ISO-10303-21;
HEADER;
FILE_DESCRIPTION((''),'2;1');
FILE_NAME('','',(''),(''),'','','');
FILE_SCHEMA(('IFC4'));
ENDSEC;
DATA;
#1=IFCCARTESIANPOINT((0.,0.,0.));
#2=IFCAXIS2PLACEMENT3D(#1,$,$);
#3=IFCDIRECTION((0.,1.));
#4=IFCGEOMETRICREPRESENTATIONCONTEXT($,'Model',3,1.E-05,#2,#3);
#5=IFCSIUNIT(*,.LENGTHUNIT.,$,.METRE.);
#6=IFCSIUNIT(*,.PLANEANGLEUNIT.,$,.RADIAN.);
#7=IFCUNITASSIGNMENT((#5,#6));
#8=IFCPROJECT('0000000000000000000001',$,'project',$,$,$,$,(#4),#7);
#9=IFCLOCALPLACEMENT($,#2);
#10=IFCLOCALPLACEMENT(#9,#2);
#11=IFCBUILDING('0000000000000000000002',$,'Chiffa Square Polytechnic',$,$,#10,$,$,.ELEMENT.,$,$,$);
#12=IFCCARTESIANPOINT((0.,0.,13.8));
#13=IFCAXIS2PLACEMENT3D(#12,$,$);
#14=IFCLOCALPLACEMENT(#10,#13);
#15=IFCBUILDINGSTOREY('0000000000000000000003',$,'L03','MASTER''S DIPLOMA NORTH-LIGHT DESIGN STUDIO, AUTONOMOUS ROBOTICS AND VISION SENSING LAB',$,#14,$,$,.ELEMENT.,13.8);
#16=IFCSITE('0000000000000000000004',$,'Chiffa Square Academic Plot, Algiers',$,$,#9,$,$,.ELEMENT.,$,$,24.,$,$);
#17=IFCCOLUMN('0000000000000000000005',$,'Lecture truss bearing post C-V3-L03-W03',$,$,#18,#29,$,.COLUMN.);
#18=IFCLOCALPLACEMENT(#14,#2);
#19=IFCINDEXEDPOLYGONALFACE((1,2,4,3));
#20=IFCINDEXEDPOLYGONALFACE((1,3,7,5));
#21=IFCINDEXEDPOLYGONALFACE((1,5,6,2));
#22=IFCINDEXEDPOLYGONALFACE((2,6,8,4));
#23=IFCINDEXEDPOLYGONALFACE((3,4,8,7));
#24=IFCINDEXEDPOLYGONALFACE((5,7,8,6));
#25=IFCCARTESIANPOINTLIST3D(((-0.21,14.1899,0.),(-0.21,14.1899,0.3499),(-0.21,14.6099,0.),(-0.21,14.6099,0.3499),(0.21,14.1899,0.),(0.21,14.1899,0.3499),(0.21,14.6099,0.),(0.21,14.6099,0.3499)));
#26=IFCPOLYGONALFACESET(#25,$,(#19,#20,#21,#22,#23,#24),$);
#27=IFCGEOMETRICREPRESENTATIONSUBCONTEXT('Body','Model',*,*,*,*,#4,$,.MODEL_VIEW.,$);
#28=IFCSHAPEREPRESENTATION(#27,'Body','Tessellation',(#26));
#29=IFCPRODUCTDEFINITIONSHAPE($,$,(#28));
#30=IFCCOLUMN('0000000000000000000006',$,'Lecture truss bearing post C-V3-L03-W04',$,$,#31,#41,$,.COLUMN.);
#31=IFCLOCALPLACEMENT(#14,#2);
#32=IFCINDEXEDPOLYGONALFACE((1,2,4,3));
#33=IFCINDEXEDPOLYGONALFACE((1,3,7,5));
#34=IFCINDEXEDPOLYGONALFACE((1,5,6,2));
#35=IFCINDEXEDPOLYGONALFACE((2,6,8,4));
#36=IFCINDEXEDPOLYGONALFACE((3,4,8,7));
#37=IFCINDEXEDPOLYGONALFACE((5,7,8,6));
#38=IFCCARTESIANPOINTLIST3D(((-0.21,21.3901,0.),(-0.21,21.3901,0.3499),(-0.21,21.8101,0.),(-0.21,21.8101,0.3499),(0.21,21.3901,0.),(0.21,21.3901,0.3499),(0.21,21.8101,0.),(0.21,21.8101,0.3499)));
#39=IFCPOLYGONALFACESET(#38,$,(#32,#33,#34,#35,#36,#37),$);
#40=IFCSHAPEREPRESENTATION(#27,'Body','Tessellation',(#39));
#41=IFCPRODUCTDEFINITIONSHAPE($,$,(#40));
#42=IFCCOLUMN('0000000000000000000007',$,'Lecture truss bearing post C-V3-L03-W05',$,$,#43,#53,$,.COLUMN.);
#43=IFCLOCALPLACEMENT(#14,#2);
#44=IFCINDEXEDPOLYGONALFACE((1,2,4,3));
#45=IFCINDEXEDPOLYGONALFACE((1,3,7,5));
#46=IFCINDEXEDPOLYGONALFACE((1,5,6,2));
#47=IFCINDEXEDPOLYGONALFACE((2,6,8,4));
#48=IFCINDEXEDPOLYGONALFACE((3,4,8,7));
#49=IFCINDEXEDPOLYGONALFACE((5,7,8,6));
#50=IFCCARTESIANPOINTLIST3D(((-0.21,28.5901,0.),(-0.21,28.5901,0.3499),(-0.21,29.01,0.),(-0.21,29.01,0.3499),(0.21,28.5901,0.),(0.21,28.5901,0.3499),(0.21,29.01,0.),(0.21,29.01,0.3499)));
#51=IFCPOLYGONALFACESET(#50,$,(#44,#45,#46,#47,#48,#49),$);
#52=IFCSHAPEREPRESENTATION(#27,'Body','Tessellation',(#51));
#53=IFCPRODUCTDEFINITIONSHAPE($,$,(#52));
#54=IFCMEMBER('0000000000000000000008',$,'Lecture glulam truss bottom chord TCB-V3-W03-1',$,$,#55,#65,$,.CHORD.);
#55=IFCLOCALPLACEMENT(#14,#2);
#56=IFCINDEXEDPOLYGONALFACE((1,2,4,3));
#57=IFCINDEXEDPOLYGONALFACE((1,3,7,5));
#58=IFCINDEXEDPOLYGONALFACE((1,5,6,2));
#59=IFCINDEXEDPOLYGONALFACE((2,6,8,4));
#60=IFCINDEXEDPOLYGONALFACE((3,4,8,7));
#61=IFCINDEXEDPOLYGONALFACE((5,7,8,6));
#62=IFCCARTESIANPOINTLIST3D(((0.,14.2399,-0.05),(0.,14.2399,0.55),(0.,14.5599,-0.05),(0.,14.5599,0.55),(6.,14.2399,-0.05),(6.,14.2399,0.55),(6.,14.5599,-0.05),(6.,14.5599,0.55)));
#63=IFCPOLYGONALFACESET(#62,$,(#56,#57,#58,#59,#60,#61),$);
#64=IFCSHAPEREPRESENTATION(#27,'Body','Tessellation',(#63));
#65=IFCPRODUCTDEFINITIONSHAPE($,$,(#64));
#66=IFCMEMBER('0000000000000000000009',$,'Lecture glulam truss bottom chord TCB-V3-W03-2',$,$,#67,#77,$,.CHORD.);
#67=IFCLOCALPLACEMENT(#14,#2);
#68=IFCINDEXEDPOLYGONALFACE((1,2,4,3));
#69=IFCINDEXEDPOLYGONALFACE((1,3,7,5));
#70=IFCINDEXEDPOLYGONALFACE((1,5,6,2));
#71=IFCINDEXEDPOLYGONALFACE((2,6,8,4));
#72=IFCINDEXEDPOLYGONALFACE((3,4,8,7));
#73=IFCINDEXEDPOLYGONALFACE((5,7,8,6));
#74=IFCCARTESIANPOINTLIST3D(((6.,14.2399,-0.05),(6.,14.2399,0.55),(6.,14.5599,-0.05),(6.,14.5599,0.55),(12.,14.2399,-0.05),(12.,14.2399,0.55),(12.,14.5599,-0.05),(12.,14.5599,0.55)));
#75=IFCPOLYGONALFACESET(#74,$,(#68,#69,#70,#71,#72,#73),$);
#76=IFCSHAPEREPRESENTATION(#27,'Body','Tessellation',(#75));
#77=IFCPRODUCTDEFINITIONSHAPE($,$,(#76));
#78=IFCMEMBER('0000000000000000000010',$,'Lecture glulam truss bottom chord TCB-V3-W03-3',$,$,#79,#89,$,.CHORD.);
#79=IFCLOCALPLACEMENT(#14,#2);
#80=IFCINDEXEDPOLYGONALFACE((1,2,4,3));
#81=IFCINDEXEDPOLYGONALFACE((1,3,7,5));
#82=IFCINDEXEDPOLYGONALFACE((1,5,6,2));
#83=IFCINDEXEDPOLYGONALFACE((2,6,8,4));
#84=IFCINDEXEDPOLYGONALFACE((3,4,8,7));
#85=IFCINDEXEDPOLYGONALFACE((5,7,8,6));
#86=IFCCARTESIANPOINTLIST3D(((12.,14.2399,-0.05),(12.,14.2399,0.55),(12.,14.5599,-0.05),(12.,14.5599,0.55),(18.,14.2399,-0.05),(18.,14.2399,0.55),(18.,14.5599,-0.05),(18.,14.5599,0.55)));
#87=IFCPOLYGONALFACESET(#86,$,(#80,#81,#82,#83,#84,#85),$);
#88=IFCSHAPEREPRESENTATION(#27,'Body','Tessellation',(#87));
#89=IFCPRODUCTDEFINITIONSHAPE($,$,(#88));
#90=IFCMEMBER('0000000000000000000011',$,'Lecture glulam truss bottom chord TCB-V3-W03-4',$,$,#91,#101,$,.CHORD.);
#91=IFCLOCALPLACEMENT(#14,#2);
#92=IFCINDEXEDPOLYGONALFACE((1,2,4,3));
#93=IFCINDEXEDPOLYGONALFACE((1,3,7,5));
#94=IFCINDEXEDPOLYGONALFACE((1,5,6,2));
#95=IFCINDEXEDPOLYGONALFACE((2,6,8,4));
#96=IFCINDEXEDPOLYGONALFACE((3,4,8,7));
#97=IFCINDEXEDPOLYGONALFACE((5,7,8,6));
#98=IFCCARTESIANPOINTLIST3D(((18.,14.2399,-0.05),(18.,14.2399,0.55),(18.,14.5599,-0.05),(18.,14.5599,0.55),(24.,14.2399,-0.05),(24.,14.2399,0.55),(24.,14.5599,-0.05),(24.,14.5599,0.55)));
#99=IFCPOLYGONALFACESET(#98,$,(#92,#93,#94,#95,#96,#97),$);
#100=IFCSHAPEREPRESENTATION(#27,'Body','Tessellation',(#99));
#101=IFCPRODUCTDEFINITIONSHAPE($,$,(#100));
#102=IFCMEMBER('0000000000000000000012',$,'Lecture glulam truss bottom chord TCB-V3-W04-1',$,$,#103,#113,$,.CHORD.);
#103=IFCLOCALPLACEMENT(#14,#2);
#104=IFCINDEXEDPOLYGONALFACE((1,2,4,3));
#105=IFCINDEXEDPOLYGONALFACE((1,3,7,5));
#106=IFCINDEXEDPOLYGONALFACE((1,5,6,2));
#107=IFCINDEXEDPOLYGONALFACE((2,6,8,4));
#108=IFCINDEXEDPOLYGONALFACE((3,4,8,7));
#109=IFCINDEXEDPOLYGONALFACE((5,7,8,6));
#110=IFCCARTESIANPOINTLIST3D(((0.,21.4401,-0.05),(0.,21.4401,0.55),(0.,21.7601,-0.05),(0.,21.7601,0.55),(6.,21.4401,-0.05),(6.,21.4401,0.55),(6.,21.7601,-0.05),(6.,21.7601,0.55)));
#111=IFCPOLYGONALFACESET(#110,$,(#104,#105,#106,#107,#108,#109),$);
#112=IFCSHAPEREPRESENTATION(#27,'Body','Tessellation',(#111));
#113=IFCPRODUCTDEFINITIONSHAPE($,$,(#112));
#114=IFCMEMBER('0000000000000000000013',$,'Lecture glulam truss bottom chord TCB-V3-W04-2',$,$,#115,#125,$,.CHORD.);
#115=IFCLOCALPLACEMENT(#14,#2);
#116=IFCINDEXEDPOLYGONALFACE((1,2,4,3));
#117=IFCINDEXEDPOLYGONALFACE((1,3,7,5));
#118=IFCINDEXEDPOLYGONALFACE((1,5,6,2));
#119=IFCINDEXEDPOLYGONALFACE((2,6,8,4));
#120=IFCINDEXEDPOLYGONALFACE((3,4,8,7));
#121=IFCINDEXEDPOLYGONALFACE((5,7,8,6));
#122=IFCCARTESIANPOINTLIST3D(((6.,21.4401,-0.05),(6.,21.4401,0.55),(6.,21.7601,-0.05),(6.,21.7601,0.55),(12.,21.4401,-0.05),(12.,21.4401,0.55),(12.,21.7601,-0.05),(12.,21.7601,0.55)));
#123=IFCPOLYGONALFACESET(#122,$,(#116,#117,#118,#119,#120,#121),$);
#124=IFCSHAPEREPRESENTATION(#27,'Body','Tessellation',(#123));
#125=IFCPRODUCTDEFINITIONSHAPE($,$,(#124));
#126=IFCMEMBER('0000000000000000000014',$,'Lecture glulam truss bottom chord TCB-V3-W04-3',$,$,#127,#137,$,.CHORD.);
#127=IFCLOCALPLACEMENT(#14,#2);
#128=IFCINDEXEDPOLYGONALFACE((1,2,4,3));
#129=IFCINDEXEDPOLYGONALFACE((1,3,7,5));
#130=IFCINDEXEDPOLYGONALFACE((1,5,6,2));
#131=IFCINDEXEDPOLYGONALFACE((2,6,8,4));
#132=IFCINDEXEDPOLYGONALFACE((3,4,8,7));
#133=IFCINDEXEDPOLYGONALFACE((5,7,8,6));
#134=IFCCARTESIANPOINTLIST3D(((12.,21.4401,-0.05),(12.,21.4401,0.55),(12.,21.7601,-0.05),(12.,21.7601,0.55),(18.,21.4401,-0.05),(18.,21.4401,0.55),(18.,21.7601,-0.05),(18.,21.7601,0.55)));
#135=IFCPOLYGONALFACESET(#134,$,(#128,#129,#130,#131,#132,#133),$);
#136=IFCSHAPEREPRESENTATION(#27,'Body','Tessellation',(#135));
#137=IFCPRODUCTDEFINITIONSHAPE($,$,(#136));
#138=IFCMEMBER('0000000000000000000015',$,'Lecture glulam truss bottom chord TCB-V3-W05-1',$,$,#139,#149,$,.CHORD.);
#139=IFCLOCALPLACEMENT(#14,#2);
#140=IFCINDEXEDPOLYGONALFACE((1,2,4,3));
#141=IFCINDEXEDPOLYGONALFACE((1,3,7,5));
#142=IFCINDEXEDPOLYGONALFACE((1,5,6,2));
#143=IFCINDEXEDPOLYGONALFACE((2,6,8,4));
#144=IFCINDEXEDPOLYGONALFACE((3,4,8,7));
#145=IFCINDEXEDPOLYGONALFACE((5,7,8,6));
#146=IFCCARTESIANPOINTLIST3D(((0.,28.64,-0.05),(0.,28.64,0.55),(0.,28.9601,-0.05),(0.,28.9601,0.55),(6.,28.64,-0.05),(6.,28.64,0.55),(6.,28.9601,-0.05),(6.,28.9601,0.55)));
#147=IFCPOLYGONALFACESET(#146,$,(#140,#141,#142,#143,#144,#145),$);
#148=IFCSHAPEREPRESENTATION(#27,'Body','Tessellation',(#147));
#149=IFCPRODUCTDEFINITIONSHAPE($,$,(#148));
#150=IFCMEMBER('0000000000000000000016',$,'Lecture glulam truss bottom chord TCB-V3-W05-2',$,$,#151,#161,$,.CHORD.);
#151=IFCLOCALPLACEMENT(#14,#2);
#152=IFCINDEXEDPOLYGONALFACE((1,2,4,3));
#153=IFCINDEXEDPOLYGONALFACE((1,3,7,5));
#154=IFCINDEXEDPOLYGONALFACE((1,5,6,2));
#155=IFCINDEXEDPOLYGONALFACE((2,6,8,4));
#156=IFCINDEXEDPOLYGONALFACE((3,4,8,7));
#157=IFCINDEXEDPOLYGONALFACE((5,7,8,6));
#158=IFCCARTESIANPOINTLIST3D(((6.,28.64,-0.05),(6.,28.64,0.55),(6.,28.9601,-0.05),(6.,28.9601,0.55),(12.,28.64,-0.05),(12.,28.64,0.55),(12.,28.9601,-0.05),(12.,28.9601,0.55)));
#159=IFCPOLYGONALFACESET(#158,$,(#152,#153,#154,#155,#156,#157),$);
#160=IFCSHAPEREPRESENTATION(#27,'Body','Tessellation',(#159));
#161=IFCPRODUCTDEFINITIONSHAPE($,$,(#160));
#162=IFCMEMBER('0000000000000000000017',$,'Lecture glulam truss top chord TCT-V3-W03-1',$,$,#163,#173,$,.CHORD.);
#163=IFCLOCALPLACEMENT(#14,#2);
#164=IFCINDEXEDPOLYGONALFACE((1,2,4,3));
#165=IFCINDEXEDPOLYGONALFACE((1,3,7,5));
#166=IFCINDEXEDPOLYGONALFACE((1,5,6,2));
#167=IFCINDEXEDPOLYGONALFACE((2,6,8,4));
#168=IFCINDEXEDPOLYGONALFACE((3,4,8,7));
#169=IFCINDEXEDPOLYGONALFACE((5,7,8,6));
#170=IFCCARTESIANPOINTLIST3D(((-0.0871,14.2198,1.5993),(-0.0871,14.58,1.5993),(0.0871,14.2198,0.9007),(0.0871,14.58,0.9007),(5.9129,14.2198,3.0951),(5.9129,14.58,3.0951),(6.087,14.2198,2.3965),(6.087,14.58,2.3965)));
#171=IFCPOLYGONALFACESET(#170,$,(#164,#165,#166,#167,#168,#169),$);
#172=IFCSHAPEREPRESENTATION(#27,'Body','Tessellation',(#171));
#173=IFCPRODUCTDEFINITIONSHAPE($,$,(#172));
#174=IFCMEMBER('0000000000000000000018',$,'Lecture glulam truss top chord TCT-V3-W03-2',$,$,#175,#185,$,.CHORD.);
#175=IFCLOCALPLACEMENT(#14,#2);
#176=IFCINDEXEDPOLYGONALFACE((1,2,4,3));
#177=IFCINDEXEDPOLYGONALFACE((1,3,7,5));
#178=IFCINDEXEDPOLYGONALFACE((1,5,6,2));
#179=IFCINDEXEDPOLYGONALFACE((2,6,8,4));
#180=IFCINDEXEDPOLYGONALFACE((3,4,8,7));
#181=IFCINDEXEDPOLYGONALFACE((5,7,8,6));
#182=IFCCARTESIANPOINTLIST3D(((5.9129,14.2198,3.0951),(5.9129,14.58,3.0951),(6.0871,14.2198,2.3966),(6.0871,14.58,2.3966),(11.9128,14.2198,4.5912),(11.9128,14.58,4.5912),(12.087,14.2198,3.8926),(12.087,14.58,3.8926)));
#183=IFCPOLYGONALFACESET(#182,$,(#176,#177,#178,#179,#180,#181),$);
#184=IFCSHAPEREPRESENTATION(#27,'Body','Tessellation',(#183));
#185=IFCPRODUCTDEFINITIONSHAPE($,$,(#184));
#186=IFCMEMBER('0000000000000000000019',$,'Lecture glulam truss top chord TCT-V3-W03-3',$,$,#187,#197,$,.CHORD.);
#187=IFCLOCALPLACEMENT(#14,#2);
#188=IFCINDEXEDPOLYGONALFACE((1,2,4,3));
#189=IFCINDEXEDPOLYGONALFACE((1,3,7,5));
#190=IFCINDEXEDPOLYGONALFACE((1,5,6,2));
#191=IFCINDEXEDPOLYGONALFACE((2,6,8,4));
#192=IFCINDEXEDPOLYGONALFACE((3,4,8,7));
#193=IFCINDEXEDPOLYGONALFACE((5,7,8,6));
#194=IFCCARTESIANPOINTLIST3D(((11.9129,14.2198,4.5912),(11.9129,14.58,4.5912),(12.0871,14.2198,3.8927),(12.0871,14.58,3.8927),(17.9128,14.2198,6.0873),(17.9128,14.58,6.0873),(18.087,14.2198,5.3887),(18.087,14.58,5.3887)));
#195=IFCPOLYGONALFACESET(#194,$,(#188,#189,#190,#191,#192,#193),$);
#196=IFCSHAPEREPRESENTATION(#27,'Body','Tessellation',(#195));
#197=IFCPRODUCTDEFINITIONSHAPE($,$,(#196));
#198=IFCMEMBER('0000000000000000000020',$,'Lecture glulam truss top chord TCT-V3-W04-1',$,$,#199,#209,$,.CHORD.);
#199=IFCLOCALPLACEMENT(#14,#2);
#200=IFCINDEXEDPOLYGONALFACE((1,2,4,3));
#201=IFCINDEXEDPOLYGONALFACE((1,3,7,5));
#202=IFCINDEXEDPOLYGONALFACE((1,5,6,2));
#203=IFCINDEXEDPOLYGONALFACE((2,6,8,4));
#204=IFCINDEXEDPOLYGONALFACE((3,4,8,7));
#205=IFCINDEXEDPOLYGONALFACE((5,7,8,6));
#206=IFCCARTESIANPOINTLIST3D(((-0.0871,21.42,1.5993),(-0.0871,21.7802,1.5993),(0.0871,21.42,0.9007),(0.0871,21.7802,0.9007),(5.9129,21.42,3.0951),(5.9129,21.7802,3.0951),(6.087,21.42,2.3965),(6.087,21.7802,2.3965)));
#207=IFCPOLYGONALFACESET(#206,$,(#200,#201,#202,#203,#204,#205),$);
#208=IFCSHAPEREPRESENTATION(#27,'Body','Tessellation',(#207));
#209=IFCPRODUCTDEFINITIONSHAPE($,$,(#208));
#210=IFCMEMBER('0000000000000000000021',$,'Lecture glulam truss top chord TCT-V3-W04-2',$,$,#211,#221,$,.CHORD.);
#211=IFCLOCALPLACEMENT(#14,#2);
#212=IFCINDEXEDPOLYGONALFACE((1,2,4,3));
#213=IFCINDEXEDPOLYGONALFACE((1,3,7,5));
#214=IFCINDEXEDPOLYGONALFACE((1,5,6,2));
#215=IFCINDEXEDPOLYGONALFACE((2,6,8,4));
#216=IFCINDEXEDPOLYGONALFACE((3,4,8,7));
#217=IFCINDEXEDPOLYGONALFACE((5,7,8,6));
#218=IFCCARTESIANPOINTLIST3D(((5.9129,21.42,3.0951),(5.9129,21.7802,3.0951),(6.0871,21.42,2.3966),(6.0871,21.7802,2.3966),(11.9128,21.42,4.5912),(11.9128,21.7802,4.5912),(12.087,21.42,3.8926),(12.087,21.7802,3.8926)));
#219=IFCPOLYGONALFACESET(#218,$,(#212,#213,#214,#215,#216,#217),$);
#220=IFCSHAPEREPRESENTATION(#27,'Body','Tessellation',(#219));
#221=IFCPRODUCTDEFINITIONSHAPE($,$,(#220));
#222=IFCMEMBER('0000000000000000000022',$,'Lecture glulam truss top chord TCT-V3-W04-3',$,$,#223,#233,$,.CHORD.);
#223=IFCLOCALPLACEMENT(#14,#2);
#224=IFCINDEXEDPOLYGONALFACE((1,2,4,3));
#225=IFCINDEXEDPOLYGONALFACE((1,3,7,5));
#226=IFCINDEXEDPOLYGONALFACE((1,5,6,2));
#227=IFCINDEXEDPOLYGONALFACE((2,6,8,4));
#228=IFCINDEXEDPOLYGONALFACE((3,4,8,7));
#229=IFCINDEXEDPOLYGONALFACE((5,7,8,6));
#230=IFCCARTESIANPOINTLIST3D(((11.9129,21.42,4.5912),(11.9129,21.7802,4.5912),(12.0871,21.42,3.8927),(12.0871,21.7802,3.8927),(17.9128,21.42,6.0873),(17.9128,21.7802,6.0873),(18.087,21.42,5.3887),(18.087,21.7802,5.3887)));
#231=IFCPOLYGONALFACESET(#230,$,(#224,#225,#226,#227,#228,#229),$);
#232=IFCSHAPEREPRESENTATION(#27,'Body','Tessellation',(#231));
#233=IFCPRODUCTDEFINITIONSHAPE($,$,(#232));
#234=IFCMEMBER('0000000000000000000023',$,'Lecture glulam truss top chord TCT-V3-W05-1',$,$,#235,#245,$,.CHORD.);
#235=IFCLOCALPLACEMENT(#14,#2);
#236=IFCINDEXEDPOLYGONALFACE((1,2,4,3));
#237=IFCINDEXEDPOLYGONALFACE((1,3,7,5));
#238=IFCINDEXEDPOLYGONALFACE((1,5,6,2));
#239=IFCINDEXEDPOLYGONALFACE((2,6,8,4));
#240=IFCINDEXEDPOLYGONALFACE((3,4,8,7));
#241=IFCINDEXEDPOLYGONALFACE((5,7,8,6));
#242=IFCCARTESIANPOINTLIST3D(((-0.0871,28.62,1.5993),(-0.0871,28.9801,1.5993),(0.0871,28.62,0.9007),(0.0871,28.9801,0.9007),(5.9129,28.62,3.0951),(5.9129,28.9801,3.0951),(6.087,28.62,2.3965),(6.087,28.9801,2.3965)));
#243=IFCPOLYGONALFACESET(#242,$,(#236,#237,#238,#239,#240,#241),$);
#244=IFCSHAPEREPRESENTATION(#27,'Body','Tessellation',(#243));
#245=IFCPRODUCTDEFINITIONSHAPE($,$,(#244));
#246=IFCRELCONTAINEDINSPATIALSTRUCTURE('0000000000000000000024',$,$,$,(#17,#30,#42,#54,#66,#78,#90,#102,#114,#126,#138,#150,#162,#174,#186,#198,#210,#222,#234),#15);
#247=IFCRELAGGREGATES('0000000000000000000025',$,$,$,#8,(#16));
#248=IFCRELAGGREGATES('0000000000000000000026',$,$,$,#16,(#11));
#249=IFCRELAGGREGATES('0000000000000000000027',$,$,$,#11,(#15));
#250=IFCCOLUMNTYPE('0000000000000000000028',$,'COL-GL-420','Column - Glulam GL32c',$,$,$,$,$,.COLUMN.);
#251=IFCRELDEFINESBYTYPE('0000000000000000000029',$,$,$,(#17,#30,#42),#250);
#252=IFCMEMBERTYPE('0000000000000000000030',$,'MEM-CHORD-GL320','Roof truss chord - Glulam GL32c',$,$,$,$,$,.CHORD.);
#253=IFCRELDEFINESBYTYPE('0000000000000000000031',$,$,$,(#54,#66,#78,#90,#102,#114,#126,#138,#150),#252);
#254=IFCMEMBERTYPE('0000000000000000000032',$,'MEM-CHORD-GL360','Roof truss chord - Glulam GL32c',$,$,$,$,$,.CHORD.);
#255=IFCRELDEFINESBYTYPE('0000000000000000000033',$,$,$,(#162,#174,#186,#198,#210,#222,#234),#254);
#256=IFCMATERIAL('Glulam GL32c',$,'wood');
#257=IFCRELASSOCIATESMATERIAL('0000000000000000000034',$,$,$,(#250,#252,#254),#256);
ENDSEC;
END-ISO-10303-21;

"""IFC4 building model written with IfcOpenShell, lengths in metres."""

from ifc_helpers import new_model, si_unit, direction, frame, origin, origin_2d, place, context, subcontext, project, spatial, rectangle, extrude, material, material_profile, profile_set, type_object, element, save


model = new_model("IFC4")

# Units and contexts
model_context = context("Model", 3, precision=1e-05, world=origin(), true_north=direction((0.0, 1.0)))
body_context = subcontext(model_context, "Body", "Model", "MODEL_VIEW")
ifc_project = project(units=[si_unit("LENGTHUNIT", "METRE"), si_unit("PLANEANGLEUNIT", "RADIAN")], contexts=[model_context])

# Site, building, storey
site_placement = place(None, origin())
site = spatial("IfcSite", under=ifc_project, at=site_placement, Name="Chiffa Square Academic Plot, Algiers", CompositionType="ELEMENT", RefElevation=24.0)
building_placement = place(site_placement, origin())
building = spatial("IfcBuilding", under=site, at=building_placement, Name="Chiffa Square Polytechnic", CompositionType="ELEMENT")
storey_placement = place(building_placement, frame((0.0, 0.0, 13.8)))
storey = spatial("IfcBuildingStorey", under=building, at=storey_placement, Name="L03", Description="MASTER'S DIPLOMA NORTH-LIGHT DESIGN STUDIO, AUTONOMOUS ROBOTICS AND VISION SENSING LAB", CompositionType="ELEMENT", Elevation=13.8)

# Columns
ifc_material_1 = material(Name="Glulam GL32c", Category="wood")
ifc_material_profile_1 = material_profile(ifc_material_1, rectangle(XDim=0.4199, YDim=0.4199, at=origin_2d()), Name="GL32c 420x420")
ifc_profile_set_1 = profile_set([ifc_material_profile_1], Name="Glulam GL32c")
column_type = type_object("IfcColumnType", Name="COL-GL-420", Description="Column - Glulam GL32c", PredefinedType="COLUMN", material=ifc_profile_set_1)
for number, where, z_axis, x_axis, name in (
    (1, (0.0, 14.3999, 0.0), (0.0, 0.0, 1.0), (1.0, 0.0, 0.0), "Lecture truss bearing post C-V3-L03-W03"),
    (2, (0.0, 21.6001, 0.0), (0.0, 0.0, 1.0), (1.0, 0.0, 0.0), "Lecture truss bearing post C-V3-L03-W04"),
    (3, (0.0, 28.8, 0.0), (0.0, 0.0, 1.0), (1.0, 0.0, 0.0), "Lecture truss bearing post C-V3-L03-W05"),
):
    element("IfcColumn", number, at=place(storey_placement, frame(where, z_axis=z_axis, x_axis=x_axis)), inside=storey, type_object=column_type, Name=name, PredefinedType="COLUMN", context=body_context, shape_type="SweptSolid", body=[
        extrude(rectangle(XDim=0.4199, YDim=0.4199, at=origin_2d()), origin(), (0.0, 0.0, 1.0), 0.3499),
    ])

# Members
ifc_material_profile_2 = material_profile(ifc_material_1, rectangle(XDim=0.3201, YDim=0.6001, at=origin_2d()), Name="GL32c 320x600")
ifc_profile_set_2 = profile_set([ifc_material_profile_2], Name="Glulam GL32c")
member_type_1 = type_object("IfcMemberType", Name="MEM-CHORD-GL320", Description="Roof truss chord - Glulam GL32c", PredefinedType="CHORD", material=ifc_profile_set_2)
for number, where, z_axis, x_axis, name in (
    (4, (0.0, 14.3999, 0.25), (1.0, 0.0, 0.0), (0.0, 1.0, 0.0), "Lecture glulam truss bottom chord TCB-V3-W03-1"),
    (5, (6.0, 14.3999, 0.25), (1.0, 0.0, 0.0), (0.0, 1.0, 0.0), "Lecture glulam truss bottom chord TCB-V3-W03-2"),
    (6, (12.0, 14.3999, 0.25), (1.0, 0.0, 0.0), (0.0, 1.0, 0.0), "Lecture glulam truss bottom chord TCB-V3-W03-3"),
    (7, (18.0, 14.3999, 0.25), (1.0, 0.0, 0.0), (0.0, 1.0, 0.0), "Lecture glulam truss bottom chord TCB-V3-W03-4"),
    (8, (0.0, 21.6001, 0.25), (1.0, 0.0, 0.0), (0.0, 1.0, 0.0), "Lecture glulam truss bottom chord TCB-V3-W04-1"),
    (9, (6.0, 21.6001, 0.25), (1.0, 0.0, 0.0), (0.0, 1.0, 0.0), "Lecture glulam truss bottom chord TCB-V3-W04-2"),
    (10, (12.0, 21.6001, 0.25), (1.0, 0.0, 0.0), (0.0, 1.0, 0.0), "Lecture glulam truss bottom chord TCB-V3-W04-3"),
    (11, (0.0, 28.8, 0.25), (1.0, 0.0, 0.0), (0.0, 1.0, 0.0), "Lecture glulam truss bottom chord TCB-V3-W05-1"),
    (12, (6.0, 28.8, 0.25), (1.0, 0.0, 0.0), (0.0, 1.0, 0.0), "Lecture glulam truss bottom chord TCB-V3-W05-2"),
):
    element("IfcMember", number, at=place(storey_placement, frame(where, z_axis=z_axis, x_axis=x_axis)), inside=storey, type_object=member_type_1, Name=name, PredefinedType="CHORD", context=body_context, shape_type="SweptSolid", body=[
        extrude(rectangle(XDim=0.3201, YDim=0.6001, at=origin_2d()), origin(), (0.0, 0.0, 1.0), 6.0),
    ])
ifc_material_profile_3 = material_profile(ifc_material_1, rectangle(XDim=0.3601, YDim=0.72, at=origin_2d()), Name="GL32c 360x720")
ifc_profile_set_3 = profile_set([ifc_material_profile_3], Name="Glulam GL32c")
member_type_2 = type_object("IfcMemberType", Name="MEM-CHORD-GL360", Description="Roof truss chord - Glulam GL32c", PredefinedType="CHORD", material=ifc_profile_set_3)
for number, where, z_axis, x_axis, name in (
    (13, (0.0, 14.3999, 1.25), (0.9703, 0.0, 0.241904), (0.0, 1.0, 0.0), "Lecture glulam truss top chord TCT-V3-W03-1"),
    (14, (6.0, 14.3999, 2.7458), (0.970291, 0.0, 0.241941), (0.0, 1.0, 0.0), "Lecture glulam truss top chord TCT-V3-W03-2"),
    (15, (12.0, 14.3999, 4.2419), (0.970291, 0.0, 0.241941), (0.0, 1.0, 0.0), "Lecture glulam truss top chord TCT-V3-W03-3"),
    (16, (0.0, 21.6001, 1.25), (0.9703, 0.0, 0.241904), (0.0, 1.0, 0.0), "Lecture glulam truss top chord TCT-V3-W04-1"),
    (17, (6.0, 21.6001, 2.7458), (0.970291, 0.0, 0.241941), (0.0, 1.0, 0.0), "Lecture glulam truss top chord TCT-V3-W04-2"),
    (18, (12.0, 21.6001, 4.2419), (0.970291, 0.0, 0.241941), (0.0, 1.0, 0.0), "Lecture glulam truss top chord TCT-V3-W04-3"),
    (19, (0.0, 28.8, 1.25), (0.9703, 0.0, 0.241904), (0.0, 1.0, 0.0), "Lecture glulam truss top chord TCT-V3-W05-1"),
):
    element("IfcMember", number, at=place(storey_placement, frame(where, z_axis=z_axis, x_axis=x_axis)), inside=storey, type_object=member_type_2, Name=name, PredefinedType="CHORD", context=body_context, shape_type="SweptSolid", body=[
        extrude(rectangle(XDim=0.3601, YDim=0.72, at=origin_2d()), origin(), (0.0, 0.0, 1.0), 6.1836),
    ])

save(model, "model.ifc")
